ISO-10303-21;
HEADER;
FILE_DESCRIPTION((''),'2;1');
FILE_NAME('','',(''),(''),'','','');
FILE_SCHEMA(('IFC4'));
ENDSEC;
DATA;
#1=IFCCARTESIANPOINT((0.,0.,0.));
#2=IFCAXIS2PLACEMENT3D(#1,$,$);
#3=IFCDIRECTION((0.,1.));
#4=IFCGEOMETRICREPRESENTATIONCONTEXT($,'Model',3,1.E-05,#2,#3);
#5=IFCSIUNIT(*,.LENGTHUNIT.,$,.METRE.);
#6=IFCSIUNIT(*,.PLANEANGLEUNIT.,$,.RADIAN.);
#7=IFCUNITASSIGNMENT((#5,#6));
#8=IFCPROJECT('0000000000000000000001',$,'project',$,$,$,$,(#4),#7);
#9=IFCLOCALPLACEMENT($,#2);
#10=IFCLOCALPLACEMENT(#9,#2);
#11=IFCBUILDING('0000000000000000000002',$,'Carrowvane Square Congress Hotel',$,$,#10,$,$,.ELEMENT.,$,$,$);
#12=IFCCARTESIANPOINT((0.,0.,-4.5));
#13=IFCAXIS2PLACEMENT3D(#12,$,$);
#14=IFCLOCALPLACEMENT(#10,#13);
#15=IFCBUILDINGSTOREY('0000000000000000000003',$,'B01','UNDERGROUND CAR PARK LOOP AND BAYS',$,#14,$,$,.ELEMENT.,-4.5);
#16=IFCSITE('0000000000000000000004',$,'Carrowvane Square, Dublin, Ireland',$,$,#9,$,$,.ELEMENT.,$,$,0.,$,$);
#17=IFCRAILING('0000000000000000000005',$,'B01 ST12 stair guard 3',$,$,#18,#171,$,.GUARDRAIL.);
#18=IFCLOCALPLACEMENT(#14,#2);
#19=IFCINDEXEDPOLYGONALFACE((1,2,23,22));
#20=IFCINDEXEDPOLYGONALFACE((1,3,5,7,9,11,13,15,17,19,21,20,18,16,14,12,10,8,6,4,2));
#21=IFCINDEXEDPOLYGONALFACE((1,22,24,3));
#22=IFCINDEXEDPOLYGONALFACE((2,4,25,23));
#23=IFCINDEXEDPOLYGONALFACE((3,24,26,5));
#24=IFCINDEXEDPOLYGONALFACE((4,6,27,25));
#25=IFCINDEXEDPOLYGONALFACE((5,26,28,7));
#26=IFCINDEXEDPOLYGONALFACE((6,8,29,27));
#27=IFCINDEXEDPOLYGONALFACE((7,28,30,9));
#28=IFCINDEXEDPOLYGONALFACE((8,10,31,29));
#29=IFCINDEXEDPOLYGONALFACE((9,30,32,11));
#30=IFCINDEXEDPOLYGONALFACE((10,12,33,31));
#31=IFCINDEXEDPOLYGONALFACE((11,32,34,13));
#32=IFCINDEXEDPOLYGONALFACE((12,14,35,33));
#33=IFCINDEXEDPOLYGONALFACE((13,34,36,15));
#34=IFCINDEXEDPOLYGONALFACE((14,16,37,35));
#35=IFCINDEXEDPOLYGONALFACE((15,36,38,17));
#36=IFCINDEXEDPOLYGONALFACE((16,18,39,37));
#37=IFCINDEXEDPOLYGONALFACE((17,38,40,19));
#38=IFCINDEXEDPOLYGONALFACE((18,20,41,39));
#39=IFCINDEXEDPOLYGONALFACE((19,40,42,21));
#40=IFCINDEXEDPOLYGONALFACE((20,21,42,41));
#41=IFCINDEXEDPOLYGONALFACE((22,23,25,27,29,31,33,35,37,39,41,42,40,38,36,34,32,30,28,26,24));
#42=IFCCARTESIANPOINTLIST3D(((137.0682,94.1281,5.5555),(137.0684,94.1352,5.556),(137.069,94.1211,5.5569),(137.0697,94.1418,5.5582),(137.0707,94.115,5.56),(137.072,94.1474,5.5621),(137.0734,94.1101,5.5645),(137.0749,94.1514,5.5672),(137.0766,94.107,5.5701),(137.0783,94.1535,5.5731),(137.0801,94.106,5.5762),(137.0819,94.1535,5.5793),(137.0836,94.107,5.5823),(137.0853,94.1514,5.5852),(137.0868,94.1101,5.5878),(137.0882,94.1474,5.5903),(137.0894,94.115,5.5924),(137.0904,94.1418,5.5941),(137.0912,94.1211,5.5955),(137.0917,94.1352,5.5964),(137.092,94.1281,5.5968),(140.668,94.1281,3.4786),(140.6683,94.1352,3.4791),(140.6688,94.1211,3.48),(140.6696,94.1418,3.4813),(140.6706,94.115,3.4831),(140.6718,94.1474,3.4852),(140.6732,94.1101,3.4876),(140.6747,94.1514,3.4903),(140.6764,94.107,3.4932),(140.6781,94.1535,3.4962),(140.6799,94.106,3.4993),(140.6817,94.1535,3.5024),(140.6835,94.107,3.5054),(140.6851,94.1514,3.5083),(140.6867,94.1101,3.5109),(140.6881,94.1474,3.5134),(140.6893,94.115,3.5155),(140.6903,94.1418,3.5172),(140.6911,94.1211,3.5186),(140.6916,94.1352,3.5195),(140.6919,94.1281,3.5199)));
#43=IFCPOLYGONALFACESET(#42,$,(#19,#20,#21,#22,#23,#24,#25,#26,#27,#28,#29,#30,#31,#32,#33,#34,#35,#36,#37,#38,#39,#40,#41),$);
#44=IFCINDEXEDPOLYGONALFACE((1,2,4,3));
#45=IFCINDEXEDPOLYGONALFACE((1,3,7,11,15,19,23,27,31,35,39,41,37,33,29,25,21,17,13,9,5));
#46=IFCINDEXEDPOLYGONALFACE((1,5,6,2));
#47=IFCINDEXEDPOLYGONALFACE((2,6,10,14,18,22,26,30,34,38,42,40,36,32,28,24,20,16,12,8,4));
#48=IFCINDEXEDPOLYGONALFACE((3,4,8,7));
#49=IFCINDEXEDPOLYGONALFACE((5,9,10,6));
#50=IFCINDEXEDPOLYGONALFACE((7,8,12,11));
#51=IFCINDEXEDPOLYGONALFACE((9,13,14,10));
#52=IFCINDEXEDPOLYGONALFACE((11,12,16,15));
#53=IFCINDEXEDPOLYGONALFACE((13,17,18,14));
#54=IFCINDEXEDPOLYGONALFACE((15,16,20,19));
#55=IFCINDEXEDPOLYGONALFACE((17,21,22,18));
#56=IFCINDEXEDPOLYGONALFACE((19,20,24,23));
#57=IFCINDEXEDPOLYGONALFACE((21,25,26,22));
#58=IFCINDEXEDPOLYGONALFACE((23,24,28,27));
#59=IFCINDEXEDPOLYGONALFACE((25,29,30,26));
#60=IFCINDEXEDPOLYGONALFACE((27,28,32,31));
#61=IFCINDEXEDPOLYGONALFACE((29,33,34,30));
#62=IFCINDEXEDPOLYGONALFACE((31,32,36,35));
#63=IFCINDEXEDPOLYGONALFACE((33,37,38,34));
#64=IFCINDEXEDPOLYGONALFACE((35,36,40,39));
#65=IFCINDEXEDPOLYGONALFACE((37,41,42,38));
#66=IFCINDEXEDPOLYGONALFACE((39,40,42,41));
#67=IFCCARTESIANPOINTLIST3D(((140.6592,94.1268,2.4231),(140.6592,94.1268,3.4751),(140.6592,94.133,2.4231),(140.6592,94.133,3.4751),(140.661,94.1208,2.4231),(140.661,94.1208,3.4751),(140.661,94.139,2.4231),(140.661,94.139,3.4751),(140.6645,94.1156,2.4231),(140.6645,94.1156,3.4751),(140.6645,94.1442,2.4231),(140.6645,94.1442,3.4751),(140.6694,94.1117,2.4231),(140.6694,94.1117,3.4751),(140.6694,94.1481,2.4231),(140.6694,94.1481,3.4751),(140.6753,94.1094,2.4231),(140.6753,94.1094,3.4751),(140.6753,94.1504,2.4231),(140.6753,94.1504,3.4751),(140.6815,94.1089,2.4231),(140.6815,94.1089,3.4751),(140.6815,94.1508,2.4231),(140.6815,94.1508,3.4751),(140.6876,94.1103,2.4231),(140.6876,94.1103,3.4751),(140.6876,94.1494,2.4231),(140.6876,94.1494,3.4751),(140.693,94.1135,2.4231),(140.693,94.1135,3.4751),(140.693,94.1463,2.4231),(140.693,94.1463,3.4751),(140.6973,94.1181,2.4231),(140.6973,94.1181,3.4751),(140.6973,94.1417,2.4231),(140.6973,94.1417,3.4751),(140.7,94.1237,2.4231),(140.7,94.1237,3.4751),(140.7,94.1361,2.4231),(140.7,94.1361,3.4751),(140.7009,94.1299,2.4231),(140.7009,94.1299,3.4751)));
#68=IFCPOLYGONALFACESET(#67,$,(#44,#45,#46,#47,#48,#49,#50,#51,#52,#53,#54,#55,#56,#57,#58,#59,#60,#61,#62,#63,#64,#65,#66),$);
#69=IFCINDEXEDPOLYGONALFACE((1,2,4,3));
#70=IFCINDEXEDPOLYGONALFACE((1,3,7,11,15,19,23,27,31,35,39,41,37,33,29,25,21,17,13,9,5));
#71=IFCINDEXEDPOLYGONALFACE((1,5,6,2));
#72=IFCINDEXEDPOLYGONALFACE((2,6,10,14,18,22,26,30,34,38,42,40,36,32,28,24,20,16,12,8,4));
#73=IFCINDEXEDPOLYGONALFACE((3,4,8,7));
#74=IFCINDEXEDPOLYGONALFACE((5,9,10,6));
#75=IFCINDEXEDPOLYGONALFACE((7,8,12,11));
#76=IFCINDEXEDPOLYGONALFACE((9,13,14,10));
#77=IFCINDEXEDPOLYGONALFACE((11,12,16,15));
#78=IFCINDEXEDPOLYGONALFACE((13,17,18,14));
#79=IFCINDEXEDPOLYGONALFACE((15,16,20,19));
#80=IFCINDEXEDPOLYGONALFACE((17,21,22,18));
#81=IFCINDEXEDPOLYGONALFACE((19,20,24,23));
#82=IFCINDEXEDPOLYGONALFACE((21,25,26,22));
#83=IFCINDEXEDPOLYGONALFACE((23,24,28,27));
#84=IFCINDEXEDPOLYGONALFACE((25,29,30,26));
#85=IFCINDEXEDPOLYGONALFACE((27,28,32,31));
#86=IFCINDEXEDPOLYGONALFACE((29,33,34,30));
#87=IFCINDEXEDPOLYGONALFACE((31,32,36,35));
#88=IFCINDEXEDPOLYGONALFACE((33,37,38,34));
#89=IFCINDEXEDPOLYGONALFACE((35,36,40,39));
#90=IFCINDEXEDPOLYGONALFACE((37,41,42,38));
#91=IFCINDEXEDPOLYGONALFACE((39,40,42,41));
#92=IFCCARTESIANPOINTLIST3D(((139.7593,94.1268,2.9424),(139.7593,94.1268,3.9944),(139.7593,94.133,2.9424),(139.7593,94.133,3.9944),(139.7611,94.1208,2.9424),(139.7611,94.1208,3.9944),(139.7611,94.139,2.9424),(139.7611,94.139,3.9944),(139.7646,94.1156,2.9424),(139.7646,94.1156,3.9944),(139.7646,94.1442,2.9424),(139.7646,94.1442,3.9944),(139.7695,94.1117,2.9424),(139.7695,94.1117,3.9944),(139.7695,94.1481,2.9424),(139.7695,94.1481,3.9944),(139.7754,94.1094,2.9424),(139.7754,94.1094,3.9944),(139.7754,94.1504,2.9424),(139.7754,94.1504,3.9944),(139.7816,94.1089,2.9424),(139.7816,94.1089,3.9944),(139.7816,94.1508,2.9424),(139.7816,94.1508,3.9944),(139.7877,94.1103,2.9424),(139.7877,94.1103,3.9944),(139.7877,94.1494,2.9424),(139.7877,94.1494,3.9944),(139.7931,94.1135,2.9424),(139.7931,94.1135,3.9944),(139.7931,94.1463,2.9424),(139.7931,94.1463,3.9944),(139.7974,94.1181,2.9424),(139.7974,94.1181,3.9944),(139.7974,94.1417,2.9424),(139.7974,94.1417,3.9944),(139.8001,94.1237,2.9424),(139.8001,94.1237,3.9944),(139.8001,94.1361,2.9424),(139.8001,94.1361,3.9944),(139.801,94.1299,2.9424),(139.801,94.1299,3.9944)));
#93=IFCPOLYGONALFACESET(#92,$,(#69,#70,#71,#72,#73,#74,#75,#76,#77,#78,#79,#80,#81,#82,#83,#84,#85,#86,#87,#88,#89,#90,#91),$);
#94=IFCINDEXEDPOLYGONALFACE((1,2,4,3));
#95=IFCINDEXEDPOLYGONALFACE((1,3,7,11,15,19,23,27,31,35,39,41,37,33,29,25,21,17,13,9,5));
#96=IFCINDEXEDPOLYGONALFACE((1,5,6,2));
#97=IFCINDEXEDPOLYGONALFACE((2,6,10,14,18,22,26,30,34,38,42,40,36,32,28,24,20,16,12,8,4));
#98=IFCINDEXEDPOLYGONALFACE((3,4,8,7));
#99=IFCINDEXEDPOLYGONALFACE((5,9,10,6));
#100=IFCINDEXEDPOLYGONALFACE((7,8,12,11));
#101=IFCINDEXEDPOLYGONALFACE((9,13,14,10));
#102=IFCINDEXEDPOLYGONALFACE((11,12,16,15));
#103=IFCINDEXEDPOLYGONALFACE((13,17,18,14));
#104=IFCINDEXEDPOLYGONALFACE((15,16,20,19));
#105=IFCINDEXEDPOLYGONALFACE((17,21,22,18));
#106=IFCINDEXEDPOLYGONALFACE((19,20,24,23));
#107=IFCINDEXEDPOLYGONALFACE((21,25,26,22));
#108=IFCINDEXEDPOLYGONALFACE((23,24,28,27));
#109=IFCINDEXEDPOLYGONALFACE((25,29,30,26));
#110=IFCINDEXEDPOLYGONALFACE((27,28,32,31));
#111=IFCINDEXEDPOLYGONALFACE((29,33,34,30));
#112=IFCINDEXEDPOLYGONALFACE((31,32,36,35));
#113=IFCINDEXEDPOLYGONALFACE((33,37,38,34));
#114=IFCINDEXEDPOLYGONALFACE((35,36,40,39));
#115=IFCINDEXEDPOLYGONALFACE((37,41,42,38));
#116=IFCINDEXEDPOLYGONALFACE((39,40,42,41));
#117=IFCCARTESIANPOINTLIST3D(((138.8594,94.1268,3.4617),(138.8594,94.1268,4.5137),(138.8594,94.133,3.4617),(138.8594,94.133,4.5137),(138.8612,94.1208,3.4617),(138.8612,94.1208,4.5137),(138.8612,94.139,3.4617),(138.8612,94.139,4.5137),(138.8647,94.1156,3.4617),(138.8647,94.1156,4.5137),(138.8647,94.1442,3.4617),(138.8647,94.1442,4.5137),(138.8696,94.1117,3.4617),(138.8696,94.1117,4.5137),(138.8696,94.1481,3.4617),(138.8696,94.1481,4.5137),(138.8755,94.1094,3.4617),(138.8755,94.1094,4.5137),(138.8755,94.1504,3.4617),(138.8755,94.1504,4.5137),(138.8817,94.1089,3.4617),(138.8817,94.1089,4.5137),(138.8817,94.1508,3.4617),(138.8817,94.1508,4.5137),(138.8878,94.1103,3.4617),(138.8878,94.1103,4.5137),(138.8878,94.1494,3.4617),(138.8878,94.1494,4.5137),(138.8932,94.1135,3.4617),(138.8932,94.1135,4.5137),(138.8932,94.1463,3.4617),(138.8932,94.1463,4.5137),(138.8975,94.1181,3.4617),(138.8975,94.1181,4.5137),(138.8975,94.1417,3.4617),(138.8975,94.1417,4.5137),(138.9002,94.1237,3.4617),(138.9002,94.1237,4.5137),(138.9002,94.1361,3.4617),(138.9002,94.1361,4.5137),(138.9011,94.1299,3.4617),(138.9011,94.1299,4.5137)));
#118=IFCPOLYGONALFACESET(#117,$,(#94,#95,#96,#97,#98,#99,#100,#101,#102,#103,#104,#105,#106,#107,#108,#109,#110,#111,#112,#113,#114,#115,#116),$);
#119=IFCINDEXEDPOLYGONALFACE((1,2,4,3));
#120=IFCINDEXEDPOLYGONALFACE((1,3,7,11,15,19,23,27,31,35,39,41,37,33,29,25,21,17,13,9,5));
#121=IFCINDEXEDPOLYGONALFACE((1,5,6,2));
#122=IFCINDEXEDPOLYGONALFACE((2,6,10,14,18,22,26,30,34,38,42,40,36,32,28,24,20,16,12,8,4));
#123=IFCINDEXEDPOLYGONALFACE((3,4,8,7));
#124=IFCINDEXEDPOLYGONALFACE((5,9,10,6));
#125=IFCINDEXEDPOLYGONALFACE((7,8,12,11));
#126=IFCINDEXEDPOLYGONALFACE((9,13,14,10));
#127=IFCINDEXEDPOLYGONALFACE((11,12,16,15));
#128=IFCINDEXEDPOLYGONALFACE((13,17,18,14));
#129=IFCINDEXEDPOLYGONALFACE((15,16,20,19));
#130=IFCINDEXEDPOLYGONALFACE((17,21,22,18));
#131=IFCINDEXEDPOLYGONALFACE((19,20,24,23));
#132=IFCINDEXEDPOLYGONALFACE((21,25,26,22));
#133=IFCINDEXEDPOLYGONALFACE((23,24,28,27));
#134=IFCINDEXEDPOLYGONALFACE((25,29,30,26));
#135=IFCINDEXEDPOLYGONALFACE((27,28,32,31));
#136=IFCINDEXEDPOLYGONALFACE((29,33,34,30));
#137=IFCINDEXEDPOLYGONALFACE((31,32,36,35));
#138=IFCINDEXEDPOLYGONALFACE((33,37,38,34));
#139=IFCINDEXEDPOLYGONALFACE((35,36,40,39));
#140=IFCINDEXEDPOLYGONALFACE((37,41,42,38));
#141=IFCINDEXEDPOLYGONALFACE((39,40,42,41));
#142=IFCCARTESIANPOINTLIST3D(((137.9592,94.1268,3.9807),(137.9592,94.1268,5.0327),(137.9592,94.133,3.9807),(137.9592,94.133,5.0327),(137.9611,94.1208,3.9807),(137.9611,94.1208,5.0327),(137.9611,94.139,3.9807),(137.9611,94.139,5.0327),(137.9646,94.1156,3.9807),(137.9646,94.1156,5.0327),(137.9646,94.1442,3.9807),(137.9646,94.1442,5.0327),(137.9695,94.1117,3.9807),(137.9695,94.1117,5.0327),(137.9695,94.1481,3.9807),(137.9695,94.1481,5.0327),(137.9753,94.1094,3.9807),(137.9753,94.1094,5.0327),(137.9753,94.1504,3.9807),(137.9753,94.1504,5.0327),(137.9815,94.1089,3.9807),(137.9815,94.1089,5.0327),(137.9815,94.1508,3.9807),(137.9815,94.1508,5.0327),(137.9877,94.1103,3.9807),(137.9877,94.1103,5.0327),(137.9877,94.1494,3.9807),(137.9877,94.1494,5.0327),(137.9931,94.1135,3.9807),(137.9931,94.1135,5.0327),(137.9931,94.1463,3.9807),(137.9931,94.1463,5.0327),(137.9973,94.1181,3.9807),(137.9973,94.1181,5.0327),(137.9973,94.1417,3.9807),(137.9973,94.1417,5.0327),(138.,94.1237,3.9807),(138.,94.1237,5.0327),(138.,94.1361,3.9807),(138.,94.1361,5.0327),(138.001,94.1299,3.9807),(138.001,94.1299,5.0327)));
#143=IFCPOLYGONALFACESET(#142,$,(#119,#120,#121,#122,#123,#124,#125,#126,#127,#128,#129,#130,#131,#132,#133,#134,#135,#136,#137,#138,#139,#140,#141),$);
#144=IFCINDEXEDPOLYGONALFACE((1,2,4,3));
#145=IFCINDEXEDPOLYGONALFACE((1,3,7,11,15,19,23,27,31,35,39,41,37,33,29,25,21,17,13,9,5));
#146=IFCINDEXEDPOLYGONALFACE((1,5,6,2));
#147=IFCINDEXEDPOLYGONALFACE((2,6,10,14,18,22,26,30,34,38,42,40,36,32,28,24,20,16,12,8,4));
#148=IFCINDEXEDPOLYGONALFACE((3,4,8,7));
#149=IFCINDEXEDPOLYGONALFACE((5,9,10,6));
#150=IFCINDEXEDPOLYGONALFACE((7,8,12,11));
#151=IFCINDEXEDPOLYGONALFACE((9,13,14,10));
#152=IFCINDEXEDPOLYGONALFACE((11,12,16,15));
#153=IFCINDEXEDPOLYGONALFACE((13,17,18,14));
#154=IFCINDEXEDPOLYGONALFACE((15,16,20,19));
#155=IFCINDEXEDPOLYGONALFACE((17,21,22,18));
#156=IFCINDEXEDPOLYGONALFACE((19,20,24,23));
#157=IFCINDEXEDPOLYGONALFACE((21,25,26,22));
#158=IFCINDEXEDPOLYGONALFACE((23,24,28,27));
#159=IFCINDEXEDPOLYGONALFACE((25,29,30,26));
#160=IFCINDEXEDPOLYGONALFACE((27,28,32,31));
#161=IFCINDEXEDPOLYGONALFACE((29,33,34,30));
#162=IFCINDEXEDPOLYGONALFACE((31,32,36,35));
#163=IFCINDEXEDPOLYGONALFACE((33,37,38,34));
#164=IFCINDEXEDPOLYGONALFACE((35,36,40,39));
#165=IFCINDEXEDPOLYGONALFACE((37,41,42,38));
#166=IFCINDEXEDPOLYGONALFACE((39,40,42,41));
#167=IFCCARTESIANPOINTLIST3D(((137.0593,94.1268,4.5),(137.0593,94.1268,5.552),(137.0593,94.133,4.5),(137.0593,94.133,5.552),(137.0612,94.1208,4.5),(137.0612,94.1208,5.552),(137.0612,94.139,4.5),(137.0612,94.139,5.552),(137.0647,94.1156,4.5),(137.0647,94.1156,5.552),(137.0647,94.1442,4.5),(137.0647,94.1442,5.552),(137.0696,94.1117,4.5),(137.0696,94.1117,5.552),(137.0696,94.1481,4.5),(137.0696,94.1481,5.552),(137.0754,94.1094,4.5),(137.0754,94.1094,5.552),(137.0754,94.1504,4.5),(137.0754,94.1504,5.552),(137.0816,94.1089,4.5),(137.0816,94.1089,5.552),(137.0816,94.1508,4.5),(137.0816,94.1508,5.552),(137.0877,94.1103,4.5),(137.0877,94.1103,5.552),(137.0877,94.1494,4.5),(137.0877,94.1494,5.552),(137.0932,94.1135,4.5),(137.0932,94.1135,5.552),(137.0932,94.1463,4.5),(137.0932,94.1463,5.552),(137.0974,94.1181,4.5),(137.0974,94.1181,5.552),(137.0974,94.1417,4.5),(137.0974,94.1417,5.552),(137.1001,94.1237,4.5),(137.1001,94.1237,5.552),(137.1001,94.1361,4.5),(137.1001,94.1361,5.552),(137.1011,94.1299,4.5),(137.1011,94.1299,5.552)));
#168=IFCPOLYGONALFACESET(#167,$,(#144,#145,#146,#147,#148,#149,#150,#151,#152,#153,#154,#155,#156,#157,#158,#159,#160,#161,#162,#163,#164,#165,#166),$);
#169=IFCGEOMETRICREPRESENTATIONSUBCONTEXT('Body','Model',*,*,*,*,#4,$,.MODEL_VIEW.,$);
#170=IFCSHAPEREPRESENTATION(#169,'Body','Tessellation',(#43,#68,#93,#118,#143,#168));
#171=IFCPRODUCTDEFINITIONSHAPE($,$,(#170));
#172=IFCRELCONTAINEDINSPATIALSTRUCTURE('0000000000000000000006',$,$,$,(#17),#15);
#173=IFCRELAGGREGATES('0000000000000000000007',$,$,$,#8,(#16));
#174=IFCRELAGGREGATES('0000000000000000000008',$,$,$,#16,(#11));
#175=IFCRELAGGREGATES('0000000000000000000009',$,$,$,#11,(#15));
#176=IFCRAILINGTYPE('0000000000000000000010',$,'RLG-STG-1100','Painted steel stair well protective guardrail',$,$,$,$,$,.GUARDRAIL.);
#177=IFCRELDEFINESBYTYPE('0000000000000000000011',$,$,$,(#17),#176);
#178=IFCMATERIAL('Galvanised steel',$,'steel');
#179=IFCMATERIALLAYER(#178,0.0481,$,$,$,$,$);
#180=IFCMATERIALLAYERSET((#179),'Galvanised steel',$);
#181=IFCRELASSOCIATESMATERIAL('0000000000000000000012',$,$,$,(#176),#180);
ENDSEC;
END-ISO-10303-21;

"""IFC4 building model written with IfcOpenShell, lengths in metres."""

from ifc_helpers import new_model, si_unit, direction, frame, origin, origin_2d, place, context, subcontext, project, spatial, circle, extrude, material, layer, layer_set, type_object, element, save


model = new_model("IFC4")

# Units and contexts
model_context = context("Model", 3, precision=1e-05, world=origin(), true_north=direction((0.0, 1.0)))
body_context = subcontext(model_context, "Body", "Model", "MODEL_VIEW")
ifc_project = project(units=[si_unit("LENGTHUNIT", "METRE"), si_unit("PLANEANGLEUNIT", "RADIAN")], contexts=[model_context])

# Site, building, storey
site_placement = place(None, origin())
site = spatial("IfcSite", under=ifc_project, at=site_placement, Name="Carrowvane Square, Dublin, Ireland", CompositionType="ELEMENT", RefElevation=0.0)
building_placement = place(site_placement, origin())
building = spatial("IfcBuilding", under=site, at=building_placement, Name="Carrowvane Square Congress Hotel", CompositionType="ELEMENT")
storey_placement = place(building_placement, frame((0.0, 0.0, -4.5)))
storey = spatial("IfcBuildingStorey", under=building, at=storey_placement, Name="B01", Description="UNDERGROUND CAR PARK LOOP AND BAYS", CompositionType="ELEMENT", Elevation=-4.5)

# Railing
ifc_material_1 = material(Name="Galvanised steel", Category="steel")
ifc_layer_1 = layer(ifc_material_1, 0.0481)
ifc_layer_set_1 = layer_set([ifc_layer_1], Name="Galvanised steel")
railing_type_1 = type_object("IfcRailingType", Name="RLG-STG-1100", Description="Painted steel stair well protective guardrail", PredefinedType="GUARDRAIL", material=ifc_layer_set_1)
railing_1_placement = place(storey_placement, frame((140.6799, 94.1299, 2.4231)))
element("IfcRailing", 1, at=railing_1_placement, inside=storey, type_object=railing_type_1, Name="B01 ST12 stair guard 3", PredefinedType="GUARDRAIL", context=body_context, shape_type="SweptSolid", body=[
    extrude(circle(Radius=0.0239, at=origin_2d()), frame((0.0, 0.0, 1.0762), z_axis=(-0.866179, 0.0, 0.499734), x_axis=(0.0, -1.0, 0.0)), (0.0, 0.0, 1.0), 4.156),
    extrude(circle(Radius=0.021, at=origin_2d()), origin(), (0.0, 0.0, 1.0), 1.052),
    extrude(circle(Radius=0.021, at=origin_2d()), frame((-0.8999, 0.0, 0.5193)), (0.0, 0.0, 1.0), 1.052),
    extrude(circle(Radius=0.021, at=origin_2d()), frame((-1.7998, 0.0, 1.0386)), (0.0, 0.0, 1.0), 1.052),
    extrude(circle(Radius=0.021, at=origin_2d()), frame((-2.7, 0.0, 1.5576)), (0.0, 0.0, 1.0), 1.052),
    extrude(circle(Radius=0.021, at=origin_2d()), frame((-3.5999, 0.0, 2.0769)), (0.0, 0.0, 1.0), 1.052),
])

save(model, "model.ifc")
